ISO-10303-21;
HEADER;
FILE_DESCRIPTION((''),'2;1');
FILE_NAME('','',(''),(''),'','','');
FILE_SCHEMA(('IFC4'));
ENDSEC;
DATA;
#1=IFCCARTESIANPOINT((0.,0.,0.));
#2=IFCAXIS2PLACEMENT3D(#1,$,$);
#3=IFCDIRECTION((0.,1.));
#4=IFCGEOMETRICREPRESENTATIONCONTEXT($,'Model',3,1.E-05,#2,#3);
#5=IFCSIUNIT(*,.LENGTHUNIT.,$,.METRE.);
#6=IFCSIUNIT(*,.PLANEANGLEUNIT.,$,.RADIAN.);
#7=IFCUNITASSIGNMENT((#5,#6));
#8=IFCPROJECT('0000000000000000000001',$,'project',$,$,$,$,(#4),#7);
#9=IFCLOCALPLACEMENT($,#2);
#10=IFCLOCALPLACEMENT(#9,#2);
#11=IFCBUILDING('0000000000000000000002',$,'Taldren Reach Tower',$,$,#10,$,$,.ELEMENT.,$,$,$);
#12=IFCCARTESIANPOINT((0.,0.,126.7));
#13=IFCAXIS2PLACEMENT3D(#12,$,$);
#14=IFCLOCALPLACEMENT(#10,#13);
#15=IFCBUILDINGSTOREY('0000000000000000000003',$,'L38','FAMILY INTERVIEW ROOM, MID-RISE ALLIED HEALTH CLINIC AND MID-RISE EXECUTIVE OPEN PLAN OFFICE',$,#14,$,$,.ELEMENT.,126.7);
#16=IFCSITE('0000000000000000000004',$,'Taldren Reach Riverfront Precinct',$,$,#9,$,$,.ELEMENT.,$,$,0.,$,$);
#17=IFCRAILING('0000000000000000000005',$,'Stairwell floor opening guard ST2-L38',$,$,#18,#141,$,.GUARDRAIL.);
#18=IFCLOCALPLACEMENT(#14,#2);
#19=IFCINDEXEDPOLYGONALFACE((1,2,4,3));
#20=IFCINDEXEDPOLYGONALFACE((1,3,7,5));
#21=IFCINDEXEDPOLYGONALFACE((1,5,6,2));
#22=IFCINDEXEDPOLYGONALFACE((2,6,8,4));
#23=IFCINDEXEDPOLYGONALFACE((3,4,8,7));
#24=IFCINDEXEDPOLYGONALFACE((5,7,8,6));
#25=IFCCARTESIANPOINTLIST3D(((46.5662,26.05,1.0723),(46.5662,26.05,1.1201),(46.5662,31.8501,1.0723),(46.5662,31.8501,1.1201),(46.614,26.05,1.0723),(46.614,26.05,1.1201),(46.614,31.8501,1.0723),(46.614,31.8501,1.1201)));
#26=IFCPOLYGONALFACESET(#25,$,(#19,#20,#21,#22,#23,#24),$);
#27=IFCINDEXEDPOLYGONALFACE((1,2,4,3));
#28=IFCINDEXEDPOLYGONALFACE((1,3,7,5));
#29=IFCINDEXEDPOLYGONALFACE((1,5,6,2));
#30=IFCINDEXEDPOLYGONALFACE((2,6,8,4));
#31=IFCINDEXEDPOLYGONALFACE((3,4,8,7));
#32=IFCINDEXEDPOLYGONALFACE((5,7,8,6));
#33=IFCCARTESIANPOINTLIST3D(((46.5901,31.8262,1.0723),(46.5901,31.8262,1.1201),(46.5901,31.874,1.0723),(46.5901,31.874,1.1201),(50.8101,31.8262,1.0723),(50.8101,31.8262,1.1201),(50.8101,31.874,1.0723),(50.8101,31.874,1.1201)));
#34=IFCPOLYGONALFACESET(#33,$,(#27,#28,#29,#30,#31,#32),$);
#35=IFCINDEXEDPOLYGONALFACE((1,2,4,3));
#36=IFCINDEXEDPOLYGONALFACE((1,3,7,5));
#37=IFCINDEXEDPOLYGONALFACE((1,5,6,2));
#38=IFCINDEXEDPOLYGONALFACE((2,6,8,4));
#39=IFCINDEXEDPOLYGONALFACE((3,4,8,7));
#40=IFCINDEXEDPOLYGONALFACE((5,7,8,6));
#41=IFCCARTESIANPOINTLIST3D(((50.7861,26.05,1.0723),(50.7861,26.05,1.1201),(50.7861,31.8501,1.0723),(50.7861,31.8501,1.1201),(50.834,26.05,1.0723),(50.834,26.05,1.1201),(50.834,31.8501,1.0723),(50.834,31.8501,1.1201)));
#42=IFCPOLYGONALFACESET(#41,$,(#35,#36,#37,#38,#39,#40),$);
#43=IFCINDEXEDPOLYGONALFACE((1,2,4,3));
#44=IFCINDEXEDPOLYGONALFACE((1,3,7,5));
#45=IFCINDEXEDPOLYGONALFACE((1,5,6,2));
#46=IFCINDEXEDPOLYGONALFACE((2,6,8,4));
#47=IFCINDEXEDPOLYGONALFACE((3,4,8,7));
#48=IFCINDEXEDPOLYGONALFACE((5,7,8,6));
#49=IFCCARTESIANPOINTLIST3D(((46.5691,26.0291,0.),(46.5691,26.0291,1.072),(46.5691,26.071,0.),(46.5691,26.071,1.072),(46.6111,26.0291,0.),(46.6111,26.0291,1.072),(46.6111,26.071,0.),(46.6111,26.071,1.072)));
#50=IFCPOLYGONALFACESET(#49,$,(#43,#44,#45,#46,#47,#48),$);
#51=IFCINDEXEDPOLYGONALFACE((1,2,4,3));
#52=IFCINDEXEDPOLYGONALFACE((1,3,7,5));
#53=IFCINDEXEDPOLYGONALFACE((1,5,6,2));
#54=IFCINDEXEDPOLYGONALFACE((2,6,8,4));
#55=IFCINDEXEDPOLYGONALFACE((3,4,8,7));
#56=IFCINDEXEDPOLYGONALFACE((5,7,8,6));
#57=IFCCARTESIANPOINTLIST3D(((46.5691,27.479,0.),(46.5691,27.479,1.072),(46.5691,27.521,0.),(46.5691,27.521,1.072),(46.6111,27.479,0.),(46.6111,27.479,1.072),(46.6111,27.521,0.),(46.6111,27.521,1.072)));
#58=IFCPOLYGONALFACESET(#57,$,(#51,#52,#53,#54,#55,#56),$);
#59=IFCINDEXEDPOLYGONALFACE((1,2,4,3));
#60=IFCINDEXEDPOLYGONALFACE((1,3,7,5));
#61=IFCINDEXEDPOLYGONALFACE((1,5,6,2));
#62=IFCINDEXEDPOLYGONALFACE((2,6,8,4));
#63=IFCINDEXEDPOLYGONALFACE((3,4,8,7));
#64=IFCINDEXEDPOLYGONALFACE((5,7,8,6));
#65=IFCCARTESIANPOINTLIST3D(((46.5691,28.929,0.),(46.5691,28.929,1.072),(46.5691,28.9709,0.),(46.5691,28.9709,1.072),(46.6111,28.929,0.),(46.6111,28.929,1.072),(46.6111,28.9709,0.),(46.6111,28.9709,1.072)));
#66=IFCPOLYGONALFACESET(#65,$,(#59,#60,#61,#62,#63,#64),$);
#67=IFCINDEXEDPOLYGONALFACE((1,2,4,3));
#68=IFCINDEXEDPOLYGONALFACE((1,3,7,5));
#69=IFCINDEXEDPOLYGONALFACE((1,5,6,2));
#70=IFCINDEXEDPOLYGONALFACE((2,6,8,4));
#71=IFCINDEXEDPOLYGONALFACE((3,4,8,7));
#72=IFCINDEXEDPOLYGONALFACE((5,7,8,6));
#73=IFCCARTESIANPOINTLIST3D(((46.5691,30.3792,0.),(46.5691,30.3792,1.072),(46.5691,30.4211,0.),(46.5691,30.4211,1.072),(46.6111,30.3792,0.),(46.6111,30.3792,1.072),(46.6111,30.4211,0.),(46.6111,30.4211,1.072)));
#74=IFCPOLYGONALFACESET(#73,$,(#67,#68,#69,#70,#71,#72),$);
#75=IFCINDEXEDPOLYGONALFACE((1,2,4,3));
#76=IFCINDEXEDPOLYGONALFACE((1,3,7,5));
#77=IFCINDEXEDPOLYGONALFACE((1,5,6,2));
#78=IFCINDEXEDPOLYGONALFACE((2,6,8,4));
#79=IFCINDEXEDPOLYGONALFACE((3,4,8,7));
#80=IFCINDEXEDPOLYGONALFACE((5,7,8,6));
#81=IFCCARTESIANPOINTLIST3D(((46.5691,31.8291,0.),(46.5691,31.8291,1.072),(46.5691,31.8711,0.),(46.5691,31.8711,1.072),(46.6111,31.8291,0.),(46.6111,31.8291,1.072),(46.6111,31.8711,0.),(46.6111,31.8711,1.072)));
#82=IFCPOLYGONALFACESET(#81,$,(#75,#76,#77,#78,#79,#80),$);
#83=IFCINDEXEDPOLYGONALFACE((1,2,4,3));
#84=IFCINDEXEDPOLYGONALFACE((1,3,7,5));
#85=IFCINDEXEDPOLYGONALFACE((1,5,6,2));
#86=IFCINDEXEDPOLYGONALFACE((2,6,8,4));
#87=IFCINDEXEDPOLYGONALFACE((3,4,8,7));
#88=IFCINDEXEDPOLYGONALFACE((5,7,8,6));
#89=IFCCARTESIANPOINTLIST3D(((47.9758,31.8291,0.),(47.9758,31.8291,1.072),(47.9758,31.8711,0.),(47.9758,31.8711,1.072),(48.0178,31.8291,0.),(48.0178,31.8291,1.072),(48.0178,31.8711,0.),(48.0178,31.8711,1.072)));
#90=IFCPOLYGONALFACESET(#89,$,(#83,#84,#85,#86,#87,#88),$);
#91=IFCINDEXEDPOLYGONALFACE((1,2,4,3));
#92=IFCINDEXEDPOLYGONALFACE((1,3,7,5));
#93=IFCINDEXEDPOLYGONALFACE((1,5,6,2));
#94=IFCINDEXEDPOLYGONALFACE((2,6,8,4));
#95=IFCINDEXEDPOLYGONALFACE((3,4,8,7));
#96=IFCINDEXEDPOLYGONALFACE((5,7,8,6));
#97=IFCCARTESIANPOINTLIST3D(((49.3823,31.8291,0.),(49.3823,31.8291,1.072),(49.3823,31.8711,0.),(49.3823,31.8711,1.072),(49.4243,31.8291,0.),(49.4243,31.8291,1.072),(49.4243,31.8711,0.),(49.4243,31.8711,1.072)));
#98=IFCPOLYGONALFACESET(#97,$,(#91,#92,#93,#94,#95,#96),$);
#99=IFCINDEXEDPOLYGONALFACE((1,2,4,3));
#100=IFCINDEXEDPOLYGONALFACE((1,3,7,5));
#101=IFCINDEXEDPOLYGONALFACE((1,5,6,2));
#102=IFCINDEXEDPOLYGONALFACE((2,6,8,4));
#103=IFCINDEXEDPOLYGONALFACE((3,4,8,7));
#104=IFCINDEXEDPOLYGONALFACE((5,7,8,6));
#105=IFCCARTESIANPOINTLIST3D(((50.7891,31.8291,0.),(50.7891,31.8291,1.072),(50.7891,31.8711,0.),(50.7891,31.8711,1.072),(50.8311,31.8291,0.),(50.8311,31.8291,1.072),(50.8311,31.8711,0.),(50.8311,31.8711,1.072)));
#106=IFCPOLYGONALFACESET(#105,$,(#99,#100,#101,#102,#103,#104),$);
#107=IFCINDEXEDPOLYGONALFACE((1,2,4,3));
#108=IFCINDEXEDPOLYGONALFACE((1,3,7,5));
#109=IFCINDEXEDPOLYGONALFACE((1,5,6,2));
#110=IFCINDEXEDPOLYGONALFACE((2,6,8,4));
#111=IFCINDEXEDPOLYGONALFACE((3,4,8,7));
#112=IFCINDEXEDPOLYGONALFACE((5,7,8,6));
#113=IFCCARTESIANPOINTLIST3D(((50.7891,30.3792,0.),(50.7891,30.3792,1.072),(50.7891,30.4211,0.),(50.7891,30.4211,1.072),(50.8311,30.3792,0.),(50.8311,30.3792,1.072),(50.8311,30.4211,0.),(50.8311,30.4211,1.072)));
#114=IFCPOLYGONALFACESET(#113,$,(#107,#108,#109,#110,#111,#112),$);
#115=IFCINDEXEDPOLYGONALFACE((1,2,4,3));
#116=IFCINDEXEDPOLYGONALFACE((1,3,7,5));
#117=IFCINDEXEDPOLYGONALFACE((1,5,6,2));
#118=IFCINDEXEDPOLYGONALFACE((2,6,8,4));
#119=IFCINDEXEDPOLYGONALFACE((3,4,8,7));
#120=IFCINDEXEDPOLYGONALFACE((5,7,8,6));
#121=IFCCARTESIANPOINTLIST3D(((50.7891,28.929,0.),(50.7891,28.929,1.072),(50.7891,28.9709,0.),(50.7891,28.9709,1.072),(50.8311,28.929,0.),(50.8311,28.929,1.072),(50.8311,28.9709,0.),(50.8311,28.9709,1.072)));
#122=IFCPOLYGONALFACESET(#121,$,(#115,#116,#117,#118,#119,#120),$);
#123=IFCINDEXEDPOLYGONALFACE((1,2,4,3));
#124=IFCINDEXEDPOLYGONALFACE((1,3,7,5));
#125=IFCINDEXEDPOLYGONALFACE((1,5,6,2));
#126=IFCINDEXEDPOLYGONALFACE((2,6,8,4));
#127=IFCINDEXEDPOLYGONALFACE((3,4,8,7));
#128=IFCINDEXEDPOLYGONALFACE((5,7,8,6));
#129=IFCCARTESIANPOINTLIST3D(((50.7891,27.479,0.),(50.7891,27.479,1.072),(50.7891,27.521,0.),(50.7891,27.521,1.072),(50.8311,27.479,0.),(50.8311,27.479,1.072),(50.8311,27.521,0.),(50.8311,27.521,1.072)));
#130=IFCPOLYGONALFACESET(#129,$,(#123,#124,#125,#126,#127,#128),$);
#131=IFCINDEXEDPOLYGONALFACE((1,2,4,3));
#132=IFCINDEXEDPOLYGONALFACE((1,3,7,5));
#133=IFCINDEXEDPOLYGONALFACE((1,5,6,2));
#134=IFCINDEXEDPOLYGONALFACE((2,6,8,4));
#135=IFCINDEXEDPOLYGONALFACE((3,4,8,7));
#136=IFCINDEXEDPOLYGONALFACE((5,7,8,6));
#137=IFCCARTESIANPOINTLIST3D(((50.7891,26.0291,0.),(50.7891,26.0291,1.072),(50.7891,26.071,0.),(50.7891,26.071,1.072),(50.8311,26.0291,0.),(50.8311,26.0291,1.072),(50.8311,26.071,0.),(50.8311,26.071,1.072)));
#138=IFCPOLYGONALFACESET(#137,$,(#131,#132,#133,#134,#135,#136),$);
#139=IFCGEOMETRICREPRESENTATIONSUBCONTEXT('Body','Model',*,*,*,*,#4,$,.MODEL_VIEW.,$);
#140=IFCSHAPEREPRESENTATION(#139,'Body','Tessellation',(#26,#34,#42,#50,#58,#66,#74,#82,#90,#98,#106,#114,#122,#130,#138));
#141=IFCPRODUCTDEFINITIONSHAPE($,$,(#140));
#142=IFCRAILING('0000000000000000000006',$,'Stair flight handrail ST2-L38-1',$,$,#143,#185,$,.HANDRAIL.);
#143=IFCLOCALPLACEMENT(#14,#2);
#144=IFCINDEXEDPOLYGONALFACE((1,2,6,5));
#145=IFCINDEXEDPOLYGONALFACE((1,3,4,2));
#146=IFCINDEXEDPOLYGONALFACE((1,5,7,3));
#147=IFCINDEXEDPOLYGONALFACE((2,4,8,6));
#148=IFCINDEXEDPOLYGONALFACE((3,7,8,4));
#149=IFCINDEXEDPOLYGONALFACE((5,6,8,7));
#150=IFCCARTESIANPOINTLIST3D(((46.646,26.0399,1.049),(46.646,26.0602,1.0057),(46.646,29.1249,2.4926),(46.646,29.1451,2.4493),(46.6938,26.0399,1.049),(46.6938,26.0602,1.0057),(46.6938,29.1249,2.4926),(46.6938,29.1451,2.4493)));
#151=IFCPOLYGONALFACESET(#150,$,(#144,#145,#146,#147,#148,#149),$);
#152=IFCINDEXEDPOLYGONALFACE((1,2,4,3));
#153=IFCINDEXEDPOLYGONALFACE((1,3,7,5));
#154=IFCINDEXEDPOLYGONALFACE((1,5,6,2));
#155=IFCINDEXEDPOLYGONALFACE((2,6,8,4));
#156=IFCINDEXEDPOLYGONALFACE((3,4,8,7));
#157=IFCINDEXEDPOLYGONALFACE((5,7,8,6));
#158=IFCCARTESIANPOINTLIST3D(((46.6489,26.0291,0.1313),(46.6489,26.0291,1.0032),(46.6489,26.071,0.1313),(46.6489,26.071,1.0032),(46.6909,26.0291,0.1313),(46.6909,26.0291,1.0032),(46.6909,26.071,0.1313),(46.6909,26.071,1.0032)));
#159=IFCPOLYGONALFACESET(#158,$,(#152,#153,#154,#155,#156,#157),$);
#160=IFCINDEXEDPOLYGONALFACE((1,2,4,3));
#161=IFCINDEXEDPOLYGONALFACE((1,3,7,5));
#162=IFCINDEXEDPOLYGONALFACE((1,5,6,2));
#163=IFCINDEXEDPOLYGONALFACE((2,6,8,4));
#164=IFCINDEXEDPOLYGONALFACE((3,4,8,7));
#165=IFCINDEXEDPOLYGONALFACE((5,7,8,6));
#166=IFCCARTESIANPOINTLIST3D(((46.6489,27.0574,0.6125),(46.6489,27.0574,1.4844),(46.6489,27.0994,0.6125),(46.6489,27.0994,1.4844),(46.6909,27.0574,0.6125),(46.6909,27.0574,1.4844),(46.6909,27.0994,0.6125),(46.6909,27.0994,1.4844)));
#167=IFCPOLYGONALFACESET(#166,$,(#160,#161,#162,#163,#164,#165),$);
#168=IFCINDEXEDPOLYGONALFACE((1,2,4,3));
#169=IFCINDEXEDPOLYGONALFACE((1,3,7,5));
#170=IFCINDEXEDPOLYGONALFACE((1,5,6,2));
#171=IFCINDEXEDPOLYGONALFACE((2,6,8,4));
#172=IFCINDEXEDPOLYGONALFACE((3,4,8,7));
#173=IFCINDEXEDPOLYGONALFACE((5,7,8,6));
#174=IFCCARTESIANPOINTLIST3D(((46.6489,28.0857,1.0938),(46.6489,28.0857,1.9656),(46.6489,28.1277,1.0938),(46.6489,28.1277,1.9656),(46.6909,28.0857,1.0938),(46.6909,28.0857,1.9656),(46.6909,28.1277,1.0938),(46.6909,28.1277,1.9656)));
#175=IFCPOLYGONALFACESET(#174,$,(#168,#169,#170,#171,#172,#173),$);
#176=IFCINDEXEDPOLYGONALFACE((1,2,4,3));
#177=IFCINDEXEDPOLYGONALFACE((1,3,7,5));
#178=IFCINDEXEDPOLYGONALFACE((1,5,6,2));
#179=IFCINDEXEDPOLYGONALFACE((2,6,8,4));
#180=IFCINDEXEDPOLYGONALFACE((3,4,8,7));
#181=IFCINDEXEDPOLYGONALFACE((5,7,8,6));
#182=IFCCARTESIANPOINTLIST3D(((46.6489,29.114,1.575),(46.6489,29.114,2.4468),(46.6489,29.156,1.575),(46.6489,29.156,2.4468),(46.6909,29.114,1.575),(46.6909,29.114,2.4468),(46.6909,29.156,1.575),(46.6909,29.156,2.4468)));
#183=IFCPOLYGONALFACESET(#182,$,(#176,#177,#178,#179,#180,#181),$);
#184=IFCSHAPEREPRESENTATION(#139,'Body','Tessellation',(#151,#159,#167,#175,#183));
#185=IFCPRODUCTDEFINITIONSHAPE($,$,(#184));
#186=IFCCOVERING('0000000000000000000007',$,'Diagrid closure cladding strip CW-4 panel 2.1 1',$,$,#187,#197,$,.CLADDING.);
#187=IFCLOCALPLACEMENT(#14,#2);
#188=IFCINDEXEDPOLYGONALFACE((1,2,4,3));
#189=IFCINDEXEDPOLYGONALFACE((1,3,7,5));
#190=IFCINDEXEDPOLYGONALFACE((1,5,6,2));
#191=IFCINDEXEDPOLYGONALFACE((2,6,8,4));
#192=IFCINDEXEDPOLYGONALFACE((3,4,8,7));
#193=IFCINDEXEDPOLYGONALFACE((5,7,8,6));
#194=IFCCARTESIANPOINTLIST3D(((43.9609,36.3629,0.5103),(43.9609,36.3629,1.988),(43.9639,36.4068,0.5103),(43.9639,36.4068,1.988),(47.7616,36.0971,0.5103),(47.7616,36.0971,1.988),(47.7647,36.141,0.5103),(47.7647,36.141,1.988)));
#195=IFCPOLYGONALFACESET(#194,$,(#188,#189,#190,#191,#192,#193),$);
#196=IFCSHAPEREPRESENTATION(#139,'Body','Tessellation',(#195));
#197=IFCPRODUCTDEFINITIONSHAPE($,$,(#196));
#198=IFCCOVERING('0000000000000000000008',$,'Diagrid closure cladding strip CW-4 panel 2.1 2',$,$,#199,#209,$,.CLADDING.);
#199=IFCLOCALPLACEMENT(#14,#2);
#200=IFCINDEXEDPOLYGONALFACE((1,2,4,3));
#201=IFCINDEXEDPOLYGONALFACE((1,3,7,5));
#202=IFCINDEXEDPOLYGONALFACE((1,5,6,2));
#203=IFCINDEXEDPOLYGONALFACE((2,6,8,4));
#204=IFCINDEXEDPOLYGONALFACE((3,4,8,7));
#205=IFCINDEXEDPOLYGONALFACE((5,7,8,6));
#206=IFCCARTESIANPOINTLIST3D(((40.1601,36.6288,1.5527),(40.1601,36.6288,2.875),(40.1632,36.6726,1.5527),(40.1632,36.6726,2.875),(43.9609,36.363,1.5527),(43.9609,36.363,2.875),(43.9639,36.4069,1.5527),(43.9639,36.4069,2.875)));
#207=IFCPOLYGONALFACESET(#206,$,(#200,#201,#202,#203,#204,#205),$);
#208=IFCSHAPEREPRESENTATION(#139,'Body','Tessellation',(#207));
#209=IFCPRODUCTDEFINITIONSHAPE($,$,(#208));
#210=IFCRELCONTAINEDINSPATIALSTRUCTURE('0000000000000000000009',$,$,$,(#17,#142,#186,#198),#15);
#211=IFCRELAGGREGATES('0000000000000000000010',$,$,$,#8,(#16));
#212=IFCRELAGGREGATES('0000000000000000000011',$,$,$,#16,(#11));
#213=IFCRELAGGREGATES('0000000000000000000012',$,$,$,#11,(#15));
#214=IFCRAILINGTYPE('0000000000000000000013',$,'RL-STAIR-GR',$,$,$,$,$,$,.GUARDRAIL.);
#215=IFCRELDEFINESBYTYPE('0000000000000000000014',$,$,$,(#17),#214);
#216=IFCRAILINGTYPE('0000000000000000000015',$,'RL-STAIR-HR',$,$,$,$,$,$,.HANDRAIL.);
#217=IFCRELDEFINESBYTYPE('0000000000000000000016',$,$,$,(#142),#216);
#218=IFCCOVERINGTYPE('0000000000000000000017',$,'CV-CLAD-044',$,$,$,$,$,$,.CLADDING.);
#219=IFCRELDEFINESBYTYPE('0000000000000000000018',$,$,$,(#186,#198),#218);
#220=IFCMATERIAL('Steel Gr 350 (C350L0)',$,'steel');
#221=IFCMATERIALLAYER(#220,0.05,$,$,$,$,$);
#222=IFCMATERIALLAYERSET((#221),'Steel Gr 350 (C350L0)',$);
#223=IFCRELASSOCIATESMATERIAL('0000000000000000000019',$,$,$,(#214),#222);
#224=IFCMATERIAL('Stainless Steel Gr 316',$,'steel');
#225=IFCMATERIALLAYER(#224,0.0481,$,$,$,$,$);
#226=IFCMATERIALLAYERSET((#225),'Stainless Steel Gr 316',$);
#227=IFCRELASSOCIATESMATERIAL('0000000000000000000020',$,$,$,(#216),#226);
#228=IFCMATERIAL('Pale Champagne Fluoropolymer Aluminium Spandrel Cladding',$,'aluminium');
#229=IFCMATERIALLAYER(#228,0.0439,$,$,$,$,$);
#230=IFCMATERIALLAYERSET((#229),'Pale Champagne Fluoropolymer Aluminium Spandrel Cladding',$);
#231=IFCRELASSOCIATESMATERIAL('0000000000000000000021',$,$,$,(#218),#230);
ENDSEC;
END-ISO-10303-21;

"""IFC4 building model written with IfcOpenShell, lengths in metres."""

from ifc_helpers import new_model, si_unit, direction, frame, origin, origin_2d, place, context, subcontext, project, spatial, rectangle, extrude, source, transform, mapped, material, layer, layer_set, type_object, element, save


model = new_model("IFC4")

# Units and contexts
model_context = context("Model", 3, precision=1e-05, world=origin(), true_north=direction((0.0, 1.0)))
body_context = subcontext(model_context, "Body", "Model", "MODEL_VIEW")
ifc_project = project(units=[si_unit("LENGTHUNIT", "METRE"), si_unit("PLANEANGLEUNIT", "RADIAN")], contexts=[model_context])

# Site, building, storey
site_placement = place(None, origin())
site = spatial("IfcSite", under=ifc_project, at=site_placement, Name="Taldren Reach Riverfront Precinct", CompositionType="ELEMENT", RefElevation=0.0)
building_placement = place(site_placement, origin())
building = spatial("IfcBuilding", under=site, at=building_placement, Name="Taldren Reach Tower", CompositionType="ELEMENT")
storey_placement = place(building_placement, frame((0.0, 0.0, 126.7)))
storey = spatial("IfcBuildingStorey", under=building, at=storey_placement, Name="L38", Description="FAMILY INTERVIEW ROOM, MID-RISE ALLIED HEALTH CLINIC AND MID-RISE EXECUTIVE OPEN PLAN OFFICE", CompositionType="ELEMENT", Elevation=126.7)

# Shared definitions
ifc_material_1 = material(Name="Steel Gr 350 (C350L0)", Category="steel")

# Railings
ifc_layer_1 = layer(ifc_material_1, 0.05)
ifc_layer_set_1 = layer_set([ifc_layer_1], Name="Steel Gr 350 (C350L0)")
railing_type_1 = type_object("IfcRailingType", Name="RL-STAIR-GR", PredefinedType="GUARDRAIL", material=ifc_layer_set_1)
railing_1_placement = place(storey_placement, frame((46.5901, 26.05, 0.0)))
element("IfcRailing", 1, at=railing_1_placement, inside=storey, type_object=railing_type_1, Name="Stairwell floor opening guard ST2-L38", PredefinedType="GUARDRAIL", context=body_context, shape_type="SweptSolid", body=[
    extrude(rectangle(XDim=0.0479, YDim=0.0479, at=origin_2d()), frame((0.0, 0.0, 1.0962), z_axis=(0.0, 1.0, 0.0), x_axis=(-1.0, 0.0, 0.0)), (0.0, 0.0, 1.0), 5.8),
    extrude(rectangle(XDim=0.0479, YDim=0.0479, at=origin_2d()), frame((0.0, 5.8, 1.0962), z_axis=(1.0, 0.0, 0.0), x_axis=(0.0, 1.0, 0.0)), (0.0, 0.0, 1.0), 4.22),
    extrude(rectangle(XDim=0.0479, YDim=0.0479, at=origin_2d()), frame((4.22, 5.8, 1.0962), z_axis=(0.0, -1.0, 0.0), x_axis=(1.0, 0.0, 0.0)), (0.0, 0.0, 1.0), 5.8),
    extrude(rectangle(XDim=0.042, YDim=0.042, at=origin_2d()), origin(), (0.0, 0.0, 1.0), 1.072),
    extrude(rectangle(XDim=0.042, YDim=0.042, at=origin_2d()), frame((0.0, 1.45, 0.0)), (0.0, 0.0, 1.0), 1.072),
    extrude(rectangle(XDim=0.042, YDim=0.042, at=origin_2d()), frame((0.0, 2.8999, 0.0)), (0.0, 0.0, 1.0), 1.072),
    extrude(rectangle(XDim=0.042, YDim=0.042, at=origin_2d()), frame((0.0, 4.3501, 0.0)), (0.0, 0.0, 1.0), 1.072),
    extrude(rectangle(XDim=0.042, YDim=0.042, at=origin_2d()), frame((0.0, 5.8, 0.0)), (0.0, 0.0, 1.0), 1.072),
    extrude(rectangle(XDim=0.042, YDim=0.042, at=origin_2d()), frame((1.4067, 5.8, 0.0)), (0.0, 0.0, 1.0), 1.072),
    extrude(rectangle(XDim=0.042, YDim=0.042, at=origin_2d()), frame((2.8132, 5.8, 0.0)), (0.0, 0.0, 1.0), 1.072),
    extrude(rectangle(XDim=0.042, YDim=0.042, at=origin_2d()), frame((4.22, 5.8, 0.0)), (0.0, 0.0, 1.0), 1.072),
    extrude(rectangle(XDim=0.042, YDim=0.042, at=origin_2d()), frame((4.22, 4.3501, 0.0)), (0.0, 0.0, 1.0), 1.072),
    extrude(rectangle(XDim=0.042, YDim=0.042, at=origin_2d()), frame((4.22, 2.8999, 0.0)), (0.0, 0.0, 1.0), 1.072),
    extrude(rectangle(XDim=0.042, YDim=0.042, at=origin_2d()), frame((4.22, 1.45, 0.0)), (0.0, 0.0, 1.0), 1.072),
    extrude(rectangle(XDim=0.042, YDim=0.042, at=origin_2d()), frame((4.22, 0.0, 0.0)), (0.0, 0.0, 1.0), 1.072),
])
ifc_material_2 = material(Name="Stainless Steel Gr 316", Category="steel")
ifc_layer_2 = layer(ifc_material_2, 0.0481)
ifc_layer_set_2 = layer_set([ifc_layer_2], Name="Stainless Steel Gr 316")
railing_type_2 = type_object("IfcRailingType", Name="RL-STAIR-HR", PredefinedType="HANDRAIL", material=ifc_layer_set_2)
railing_2_placement = place(storey_placement, frame((46.6699, 26.05, 0.1313)))
element("IfcRailing", 2, at=railing_2_placement, inside=storey, type_object=railing_type_2, Name="Stair flight handrail ST2-L38-1", PredefinedType="HANDRAIL", context=body_context, shape_type="SweptSolid", body=[
    extrude(rectangle(XDim=0.0479, YDim=0.0479, at=origin_2d()), frame((0.0, 0.0, 0.896), z_axis=(0.0, 0.905738, 0.423839), x_axis=(-1.0, 0.0, 0.0)), (0.0, 0.0, 1.0), 3.406),
    extrude(rectangle(XDim=0.042, YDim=0.042, at=origin_2d()), origin(), (0.0, 0.0, 1.0), 0.8718),
    extrude(rectangle(XDim=0.042, YDim=0.042, at=origin_2d()), frame((0.0, 1.0283, 0.4812)), (0.0, 0.0, 1.0), 0.8718),
    extrude(rectangle(XDim=0.042, YDim=0.042, at=origin_2d()), frame((0.0, 2.0566, 0.9624)), (0.0, 0.0, 1.0), 0.8718),
    extrude(rectangle(XDim=0.042, YDim=0.042, at=origin_2d()), frame((0.0, 3.085, 1.4436)), (0.0, 0.0, 1.0), 0.8718),
])

# Coverings
ifc_material_3 = material(Name="Pale Champagne Fluoropolymer Aluminium Spandrel Cladding", Category="aluminium")
ifc_layer_3 = layer(ifc_material_3, 0.0439)
ifc_layer_set_3 = layer_set([ifc_layer_3], Name="Pale Champagne Fluoropolymer Aluminium Spandrel Cladding")
covering_type = type_object("IfcCoveringType", Name="CV-CLAD-044", PredefinedType="CLADDING", material=ifc_layer_set_3)
shared_shape_1 = source(origin(), body_context, "Body", "SweptSolid", [
    extrude(rectangle(XDim=3.8101, YDim=0.0439, at=origin_2d()), origin(), (0.0, 0.0, 1.0), 1.4778),
])
covering_1_placement = place(storey_placement, frame((45.8628, 36.252, 0.5103), z_axis=(0.0, 0.0, 1.0), x_axis=(-0.997564, 0.069757, 0.0)))
element("IfcCovering", 3, at=covering_1_placement, inside=storey, type_object=covering_type, Name="Diagrid closure cladding strip CW-4 panel 2.1 1", PredefinedType="CLADDING", context=body_context, shape_type="MappedRepresentation", body=[
    mapped(shared_shape_1, transform((0.0, 0.0, 0.0), scale=1.0)),
])
shared_shape_2 = source(origin(), body_context, "Body", "SweptSolid", [
    extrude(rectangle(XDim=3.8101, YDim=0.0439, at=origin_2d()), origin(), (0.0, 0.0, 1.0), 1.3223),
])
covering_2_placement = place(storey_placement, frame((42.062, 36.5178, 1.5527), z_axis=(0.0, 0.0, 1.0), x_axis=(-0.997564, 0.069757, 0.0)))
element("IfcCovering", 4, at=covering_2_placement, inside=storey, type_object=covering_type, Name="Diagrid closure cladding strip CW-4 panel 2.1 2", PredefinedType="CLADDING", context=body_context, shape_type="MappedRepresentation", body=[
    mapped(shared_shape_2, transform((0.0, 0.0, 0.0), scale=1.0)),
])

save(model, "model.ifc")
